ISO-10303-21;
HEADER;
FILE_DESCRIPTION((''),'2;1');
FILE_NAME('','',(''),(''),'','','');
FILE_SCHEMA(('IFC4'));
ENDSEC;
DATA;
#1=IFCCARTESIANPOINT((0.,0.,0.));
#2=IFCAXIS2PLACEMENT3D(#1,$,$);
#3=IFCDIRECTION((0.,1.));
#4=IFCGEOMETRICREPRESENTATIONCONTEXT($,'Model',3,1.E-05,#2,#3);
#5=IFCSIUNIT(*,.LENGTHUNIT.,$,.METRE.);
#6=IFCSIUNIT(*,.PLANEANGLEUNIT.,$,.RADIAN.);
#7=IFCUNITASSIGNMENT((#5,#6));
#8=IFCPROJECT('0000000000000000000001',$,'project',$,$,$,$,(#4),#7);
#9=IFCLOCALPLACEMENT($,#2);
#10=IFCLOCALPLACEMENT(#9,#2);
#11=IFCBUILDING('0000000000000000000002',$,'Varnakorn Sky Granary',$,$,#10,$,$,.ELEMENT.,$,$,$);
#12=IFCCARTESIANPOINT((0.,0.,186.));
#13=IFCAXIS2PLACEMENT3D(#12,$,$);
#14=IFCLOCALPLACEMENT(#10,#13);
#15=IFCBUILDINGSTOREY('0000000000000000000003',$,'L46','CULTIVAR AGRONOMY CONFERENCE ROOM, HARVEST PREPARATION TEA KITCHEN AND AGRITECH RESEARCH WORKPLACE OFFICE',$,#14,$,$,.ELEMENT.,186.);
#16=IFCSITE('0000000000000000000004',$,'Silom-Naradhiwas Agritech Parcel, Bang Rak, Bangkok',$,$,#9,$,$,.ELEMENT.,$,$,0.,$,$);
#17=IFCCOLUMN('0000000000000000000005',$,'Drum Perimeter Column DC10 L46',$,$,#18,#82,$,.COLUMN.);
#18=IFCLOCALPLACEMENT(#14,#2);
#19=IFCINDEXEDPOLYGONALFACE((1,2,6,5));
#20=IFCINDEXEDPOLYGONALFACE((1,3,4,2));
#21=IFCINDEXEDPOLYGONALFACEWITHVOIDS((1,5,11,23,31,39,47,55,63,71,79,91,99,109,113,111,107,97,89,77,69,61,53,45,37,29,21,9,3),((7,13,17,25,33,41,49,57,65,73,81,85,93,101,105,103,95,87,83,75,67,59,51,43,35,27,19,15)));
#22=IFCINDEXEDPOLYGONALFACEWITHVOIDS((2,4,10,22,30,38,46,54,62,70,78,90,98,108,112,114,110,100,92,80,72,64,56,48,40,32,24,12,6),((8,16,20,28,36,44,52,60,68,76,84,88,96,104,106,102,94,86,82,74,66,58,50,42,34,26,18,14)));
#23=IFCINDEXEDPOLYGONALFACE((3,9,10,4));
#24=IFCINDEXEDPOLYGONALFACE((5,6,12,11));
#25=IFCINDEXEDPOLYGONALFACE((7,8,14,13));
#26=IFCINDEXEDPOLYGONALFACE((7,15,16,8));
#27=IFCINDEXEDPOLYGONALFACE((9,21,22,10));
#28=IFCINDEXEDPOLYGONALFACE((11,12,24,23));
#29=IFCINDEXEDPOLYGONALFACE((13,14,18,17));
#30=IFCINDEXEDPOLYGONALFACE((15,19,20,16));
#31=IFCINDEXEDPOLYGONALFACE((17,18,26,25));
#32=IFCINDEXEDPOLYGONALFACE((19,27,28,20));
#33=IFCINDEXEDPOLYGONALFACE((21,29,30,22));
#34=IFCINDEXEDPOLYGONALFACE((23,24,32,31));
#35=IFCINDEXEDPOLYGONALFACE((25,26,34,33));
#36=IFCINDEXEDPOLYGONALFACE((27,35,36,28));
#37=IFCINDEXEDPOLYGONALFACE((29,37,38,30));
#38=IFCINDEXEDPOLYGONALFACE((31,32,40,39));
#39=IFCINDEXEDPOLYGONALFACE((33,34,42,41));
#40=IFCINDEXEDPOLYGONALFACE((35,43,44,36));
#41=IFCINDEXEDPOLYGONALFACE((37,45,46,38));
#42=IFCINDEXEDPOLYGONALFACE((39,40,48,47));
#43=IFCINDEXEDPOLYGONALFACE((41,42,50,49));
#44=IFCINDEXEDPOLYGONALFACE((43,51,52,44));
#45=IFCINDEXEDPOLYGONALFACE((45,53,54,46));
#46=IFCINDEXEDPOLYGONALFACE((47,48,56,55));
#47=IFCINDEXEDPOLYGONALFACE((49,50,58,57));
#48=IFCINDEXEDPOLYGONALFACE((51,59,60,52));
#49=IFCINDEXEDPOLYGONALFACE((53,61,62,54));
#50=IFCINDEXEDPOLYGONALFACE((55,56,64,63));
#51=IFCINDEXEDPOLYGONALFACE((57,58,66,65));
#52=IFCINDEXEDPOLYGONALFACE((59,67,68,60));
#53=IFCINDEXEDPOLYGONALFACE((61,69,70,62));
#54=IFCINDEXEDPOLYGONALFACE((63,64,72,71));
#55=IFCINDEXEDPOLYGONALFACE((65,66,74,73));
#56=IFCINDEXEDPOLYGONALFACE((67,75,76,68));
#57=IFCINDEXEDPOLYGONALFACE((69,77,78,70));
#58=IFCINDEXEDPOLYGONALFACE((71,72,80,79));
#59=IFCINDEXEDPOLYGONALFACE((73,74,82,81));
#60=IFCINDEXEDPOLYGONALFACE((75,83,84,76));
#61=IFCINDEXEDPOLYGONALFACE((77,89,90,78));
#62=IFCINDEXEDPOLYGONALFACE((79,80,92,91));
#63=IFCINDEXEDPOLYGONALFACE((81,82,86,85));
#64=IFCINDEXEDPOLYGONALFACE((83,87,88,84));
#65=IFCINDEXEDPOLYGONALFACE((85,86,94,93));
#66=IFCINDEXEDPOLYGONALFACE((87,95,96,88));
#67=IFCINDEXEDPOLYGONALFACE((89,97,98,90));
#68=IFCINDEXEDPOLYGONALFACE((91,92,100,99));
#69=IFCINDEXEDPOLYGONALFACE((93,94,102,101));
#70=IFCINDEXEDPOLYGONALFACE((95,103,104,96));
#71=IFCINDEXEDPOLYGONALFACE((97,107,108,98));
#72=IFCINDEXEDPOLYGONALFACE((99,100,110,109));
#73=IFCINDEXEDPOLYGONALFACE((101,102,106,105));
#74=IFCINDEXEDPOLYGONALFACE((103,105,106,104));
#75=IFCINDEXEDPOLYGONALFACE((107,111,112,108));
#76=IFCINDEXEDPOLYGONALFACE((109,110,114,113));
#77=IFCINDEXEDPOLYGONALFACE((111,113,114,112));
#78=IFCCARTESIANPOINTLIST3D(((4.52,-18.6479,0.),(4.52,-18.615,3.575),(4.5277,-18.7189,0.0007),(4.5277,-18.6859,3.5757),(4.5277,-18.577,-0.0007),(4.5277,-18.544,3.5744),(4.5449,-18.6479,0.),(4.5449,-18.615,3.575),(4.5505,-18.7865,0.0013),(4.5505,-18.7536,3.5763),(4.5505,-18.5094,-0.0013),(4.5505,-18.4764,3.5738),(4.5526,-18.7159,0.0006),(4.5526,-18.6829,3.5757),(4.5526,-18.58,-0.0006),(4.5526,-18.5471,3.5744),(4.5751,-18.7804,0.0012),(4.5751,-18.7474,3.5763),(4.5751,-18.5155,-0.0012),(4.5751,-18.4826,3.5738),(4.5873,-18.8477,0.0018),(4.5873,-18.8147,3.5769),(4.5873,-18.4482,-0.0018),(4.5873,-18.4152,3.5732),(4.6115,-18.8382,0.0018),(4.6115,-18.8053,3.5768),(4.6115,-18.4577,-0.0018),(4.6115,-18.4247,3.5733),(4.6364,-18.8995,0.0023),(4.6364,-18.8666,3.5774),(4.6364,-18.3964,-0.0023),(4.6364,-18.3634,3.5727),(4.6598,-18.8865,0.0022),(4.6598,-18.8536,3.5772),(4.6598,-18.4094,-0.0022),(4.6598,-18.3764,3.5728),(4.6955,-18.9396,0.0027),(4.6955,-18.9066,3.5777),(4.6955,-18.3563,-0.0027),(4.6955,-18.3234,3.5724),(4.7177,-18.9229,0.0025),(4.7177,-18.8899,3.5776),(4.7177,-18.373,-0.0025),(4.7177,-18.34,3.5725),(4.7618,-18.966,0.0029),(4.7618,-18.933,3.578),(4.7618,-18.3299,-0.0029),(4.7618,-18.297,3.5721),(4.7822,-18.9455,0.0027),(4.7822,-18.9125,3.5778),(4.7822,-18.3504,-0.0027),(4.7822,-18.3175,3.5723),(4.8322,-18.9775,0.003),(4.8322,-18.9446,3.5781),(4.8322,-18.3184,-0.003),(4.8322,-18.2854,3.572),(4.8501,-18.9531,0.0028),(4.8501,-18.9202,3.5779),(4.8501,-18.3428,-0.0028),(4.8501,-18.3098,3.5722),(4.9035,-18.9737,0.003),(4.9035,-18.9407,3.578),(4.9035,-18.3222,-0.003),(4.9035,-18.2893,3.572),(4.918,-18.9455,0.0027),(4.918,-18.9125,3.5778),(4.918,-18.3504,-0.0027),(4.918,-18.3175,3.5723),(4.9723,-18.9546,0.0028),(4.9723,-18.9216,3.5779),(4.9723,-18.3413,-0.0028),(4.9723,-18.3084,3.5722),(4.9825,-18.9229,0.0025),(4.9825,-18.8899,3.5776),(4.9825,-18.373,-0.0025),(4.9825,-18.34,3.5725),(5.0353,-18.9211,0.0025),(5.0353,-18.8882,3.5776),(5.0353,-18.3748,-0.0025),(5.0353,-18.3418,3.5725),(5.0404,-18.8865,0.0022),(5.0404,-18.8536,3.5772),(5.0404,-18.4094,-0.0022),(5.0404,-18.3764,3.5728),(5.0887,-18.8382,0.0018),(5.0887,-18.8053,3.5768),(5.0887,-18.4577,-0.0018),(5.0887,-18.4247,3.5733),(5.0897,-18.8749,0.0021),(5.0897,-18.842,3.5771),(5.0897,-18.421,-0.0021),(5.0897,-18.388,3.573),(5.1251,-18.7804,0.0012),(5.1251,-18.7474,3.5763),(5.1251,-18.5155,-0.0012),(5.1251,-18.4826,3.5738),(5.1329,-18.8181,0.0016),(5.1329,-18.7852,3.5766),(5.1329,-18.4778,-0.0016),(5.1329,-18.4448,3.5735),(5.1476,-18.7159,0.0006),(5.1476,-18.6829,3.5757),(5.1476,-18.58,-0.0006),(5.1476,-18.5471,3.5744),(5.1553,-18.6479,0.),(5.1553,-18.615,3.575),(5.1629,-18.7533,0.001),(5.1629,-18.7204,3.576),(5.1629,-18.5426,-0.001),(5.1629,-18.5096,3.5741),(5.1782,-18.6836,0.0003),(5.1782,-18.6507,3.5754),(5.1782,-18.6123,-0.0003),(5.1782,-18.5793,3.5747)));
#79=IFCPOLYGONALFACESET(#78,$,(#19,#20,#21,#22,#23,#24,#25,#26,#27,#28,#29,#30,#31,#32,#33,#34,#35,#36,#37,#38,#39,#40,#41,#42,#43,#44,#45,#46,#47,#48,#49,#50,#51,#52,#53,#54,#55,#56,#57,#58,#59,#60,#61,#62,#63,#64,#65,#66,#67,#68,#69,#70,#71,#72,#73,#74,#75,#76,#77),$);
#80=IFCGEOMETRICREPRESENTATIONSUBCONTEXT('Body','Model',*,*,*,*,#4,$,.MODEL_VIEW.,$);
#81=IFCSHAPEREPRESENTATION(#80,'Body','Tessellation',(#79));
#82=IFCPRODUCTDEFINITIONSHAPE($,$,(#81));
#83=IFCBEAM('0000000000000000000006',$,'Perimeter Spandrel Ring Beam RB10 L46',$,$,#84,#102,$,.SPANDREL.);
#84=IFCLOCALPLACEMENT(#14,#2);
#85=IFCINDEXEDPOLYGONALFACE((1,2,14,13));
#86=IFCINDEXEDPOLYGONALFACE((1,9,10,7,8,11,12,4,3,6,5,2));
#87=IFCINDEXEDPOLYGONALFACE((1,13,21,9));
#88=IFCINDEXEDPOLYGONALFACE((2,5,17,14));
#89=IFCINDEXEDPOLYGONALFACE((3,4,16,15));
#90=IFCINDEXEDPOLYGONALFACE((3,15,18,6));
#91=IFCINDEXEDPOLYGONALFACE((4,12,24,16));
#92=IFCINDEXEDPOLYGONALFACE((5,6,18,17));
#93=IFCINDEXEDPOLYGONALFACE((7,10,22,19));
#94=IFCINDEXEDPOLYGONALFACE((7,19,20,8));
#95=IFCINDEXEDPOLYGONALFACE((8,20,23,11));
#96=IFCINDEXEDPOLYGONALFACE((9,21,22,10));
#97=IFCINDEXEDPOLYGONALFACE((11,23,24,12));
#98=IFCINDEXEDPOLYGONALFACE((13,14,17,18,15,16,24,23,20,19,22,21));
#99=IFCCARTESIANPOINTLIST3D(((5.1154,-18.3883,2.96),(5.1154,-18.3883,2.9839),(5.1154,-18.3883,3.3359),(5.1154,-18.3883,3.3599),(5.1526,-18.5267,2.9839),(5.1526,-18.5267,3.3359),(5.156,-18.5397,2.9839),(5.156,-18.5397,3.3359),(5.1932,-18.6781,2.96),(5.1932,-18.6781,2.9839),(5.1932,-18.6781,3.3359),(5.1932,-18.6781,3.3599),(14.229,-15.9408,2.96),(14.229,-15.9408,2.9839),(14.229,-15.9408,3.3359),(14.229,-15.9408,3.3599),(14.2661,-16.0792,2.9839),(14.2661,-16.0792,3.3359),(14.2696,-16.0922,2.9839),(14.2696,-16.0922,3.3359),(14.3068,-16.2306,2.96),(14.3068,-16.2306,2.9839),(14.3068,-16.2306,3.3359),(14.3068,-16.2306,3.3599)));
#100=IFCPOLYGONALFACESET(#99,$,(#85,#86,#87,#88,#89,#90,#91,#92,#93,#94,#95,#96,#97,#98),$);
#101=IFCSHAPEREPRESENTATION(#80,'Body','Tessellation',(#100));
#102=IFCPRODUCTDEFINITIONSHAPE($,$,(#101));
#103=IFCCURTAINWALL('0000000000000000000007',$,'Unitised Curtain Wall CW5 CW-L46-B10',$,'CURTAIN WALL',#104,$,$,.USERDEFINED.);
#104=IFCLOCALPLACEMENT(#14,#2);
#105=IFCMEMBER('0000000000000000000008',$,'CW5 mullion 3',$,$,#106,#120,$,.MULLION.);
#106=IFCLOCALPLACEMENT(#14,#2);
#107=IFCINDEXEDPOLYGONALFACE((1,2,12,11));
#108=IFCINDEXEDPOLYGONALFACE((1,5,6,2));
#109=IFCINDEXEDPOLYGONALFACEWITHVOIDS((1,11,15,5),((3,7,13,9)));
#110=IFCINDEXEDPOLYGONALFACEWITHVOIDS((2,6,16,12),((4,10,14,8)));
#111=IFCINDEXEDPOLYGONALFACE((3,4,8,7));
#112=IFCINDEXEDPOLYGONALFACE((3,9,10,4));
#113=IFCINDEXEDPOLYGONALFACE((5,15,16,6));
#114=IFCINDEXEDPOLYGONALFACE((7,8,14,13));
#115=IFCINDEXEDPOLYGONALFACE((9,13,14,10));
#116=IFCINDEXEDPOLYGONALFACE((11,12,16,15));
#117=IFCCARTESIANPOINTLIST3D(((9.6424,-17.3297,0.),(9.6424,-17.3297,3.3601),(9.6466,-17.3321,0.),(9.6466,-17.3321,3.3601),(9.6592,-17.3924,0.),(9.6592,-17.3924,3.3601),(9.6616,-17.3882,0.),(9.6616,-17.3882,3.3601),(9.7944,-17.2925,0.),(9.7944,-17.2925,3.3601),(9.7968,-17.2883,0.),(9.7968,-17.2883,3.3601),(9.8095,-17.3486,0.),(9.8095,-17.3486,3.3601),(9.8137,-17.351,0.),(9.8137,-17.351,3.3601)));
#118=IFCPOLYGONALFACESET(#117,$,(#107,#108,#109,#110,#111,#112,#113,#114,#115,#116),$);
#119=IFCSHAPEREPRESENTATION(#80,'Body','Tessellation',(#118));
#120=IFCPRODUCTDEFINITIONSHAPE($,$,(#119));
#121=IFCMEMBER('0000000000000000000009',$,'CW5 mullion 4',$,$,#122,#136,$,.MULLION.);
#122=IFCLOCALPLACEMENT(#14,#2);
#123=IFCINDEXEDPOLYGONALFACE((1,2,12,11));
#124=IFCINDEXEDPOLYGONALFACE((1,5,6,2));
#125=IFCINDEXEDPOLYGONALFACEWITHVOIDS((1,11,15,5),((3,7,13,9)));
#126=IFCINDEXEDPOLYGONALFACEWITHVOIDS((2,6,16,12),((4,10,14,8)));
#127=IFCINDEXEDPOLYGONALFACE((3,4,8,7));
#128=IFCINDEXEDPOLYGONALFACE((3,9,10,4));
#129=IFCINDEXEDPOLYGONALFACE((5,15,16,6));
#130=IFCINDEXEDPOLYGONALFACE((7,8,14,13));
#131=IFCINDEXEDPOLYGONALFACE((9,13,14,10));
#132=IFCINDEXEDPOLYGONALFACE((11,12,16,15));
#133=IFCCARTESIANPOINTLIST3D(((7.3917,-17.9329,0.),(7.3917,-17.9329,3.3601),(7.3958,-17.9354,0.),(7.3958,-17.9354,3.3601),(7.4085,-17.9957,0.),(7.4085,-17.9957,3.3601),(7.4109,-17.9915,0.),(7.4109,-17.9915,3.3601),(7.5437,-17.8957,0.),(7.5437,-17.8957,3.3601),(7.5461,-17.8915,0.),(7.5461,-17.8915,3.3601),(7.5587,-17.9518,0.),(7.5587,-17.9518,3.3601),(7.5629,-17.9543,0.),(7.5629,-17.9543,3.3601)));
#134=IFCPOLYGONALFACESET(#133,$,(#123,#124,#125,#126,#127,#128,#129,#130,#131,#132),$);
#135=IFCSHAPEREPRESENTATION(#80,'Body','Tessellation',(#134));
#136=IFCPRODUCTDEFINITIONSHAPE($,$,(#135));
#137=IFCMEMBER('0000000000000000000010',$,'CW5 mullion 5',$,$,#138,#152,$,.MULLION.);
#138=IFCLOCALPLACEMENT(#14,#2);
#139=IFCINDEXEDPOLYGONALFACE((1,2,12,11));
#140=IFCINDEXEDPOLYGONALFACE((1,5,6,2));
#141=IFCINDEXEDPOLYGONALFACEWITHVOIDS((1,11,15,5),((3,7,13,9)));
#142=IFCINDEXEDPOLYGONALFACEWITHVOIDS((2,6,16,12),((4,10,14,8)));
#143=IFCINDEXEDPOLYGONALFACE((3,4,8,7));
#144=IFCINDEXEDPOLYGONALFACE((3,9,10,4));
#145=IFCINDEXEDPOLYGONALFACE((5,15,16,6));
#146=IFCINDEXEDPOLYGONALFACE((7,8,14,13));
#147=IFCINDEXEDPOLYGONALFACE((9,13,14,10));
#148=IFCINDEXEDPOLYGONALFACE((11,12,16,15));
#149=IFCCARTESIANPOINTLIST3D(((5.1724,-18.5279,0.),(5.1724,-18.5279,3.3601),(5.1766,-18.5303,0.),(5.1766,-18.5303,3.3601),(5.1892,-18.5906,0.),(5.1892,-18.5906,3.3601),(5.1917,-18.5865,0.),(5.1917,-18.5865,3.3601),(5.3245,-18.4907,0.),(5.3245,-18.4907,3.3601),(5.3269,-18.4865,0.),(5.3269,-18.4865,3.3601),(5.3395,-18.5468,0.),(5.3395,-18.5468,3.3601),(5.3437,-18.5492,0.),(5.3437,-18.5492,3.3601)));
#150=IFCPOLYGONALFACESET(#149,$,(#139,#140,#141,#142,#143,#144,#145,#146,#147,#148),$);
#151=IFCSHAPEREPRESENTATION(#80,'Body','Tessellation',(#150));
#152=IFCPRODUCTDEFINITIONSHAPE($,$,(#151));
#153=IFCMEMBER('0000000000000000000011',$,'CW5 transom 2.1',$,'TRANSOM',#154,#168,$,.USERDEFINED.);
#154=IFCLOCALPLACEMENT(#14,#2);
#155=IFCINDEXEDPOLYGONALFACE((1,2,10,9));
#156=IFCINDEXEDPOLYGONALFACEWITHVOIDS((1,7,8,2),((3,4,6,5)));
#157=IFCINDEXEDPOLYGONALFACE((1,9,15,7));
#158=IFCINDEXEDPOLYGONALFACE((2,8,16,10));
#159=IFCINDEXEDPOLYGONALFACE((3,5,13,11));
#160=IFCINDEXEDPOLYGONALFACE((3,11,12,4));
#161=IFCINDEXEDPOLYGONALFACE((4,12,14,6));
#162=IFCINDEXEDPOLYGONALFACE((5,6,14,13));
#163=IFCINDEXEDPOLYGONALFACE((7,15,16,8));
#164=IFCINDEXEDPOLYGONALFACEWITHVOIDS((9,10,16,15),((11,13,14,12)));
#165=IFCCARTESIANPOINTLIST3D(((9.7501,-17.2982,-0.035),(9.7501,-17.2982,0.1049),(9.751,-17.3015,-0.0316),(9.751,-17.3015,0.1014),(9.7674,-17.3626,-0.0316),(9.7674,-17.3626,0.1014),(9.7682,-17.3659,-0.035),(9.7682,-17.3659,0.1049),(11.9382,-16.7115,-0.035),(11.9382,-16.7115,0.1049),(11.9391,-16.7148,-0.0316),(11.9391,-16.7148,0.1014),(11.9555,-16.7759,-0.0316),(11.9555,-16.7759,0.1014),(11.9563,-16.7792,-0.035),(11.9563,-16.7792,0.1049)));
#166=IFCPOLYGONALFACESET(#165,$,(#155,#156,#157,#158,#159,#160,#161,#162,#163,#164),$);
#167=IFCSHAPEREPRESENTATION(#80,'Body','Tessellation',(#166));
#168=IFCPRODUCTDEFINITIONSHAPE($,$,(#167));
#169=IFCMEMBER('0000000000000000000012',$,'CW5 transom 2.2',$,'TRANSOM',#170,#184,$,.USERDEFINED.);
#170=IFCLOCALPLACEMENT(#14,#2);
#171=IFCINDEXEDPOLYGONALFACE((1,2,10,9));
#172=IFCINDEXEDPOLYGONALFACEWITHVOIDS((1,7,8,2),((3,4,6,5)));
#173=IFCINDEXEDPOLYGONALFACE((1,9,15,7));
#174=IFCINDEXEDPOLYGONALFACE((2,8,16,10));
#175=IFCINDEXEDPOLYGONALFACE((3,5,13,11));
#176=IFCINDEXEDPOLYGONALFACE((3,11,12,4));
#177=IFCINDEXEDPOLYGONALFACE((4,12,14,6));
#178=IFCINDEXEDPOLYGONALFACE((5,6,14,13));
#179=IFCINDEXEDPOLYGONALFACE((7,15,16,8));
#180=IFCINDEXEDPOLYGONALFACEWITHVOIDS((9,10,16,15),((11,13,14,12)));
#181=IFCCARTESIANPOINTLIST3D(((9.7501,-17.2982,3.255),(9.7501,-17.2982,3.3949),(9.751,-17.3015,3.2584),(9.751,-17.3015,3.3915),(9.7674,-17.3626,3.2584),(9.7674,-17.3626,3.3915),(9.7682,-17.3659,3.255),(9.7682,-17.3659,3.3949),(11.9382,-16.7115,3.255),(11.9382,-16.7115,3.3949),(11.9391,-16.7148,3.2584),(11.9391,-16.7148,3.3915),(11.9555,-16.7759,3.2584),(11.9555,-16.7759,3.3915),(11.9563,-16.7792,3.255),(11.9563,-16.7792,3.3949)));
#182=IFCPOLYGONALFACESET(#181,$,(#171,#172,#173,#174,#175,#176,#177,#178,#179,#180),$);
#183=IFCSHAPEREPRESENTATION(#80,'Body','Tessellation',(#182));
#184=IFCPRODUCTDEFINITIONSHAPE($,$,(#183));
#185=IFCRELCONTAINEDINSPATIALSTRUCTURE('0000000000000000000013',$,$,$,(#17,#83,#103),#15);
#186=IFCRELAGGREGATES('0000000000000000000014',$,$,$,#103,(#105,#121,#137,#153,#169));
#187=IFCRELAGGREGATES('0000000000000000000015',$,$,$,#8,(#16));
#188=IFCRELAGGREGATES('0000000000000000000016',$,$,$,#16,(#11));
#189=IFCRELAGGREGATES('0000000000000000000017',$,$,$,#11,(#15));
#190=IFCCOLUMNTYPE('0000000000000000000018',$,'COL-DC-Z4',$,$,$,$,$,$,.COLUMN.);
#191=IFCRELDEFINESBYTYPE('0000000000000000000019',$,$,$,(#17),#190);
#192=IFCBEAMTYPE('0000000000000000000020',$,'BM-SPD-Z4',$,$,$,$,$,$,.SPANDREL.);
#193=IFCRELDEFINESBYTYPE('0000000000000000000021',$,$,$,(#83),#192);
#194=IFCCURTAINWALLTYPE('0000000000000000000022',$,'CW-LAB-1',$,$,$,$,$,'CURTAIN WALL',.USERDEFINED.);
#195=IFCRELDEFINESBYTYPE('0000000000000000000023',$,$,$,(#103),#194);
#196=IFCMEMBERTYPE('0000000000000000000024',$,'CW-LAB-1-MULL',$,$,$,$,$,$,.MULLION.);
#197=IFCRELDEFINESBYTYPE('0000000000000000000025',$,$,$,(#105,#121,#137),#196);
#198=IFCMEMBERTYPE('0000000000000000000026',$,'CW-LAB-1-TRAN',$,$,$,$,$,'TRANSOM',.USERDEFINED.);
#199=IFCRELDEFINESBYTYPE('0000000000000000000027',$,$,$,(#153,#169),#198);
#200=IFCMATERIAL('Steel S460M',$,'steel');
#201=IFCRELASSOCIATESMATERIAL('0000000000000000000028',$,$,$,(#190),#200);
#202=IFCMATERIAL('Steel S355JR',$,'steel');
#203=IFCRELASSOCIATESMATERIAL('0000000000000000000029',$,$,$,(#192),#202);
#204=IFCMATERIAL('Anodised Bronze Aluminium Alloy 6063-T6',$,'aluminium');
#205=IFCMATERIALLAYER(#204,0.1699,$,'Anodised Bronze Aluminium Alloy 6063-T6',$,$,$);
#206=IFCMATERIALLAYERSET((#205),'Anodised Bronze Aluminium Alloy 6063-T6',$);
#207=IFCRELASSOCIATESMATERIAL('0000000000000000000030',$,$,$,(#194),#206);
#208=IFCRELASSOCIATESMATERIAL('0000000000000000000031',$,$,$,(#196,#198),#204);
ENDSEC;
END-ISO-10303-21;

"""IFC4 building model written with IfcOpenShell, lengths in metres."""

from ifc_helpers import new_model, si_unit, direction, frame, origin, origin_2d, place, context, subcontext, project, spatial, hollow_rectangle, hollow_circle, i_section, extrude, material, layer, layer_set, material_profile, profile_set, type_object, element, aggregate, save


model = new_model("IFC4")

# Units and contexts
model_context = context("Model", 3, precision=1e-05, world=origin(), true_north=direction((0.0, 1.0)))
body_context = subcontext(model_context, "Body", "Model", "MODEL_VIEW")
ifc_project = project(units=[si_unit("LENGTHUNIT", "METRE"), si_unit("PLANEANGLEUNIT", "RADIAN")], contexts=[model_context])

# Site, building, storey
site_placement = place(None, origin())
site = spatial("IfcSite", under=ifc_project, at=site_placement, Name="Silom-Naradhiwas Agritech Parcel, Bang Rak, Bangkok", CompositionType="ELEMENT", RefElevation=0.0)
building_placement = place(site_placement, origin())
building = spatial("IfcBuilding", under=site, at=building_placement, Name="Varnakorn Sky Granary", CompositionType="ELEMENT")
storey_placement = place(building_placement, frame((0.0, 0.0, 186.0)))
storey = spatial("IfcBuildingStorey", under=building, at=storey_placement, Name="L46", Description="CULTIVAR AGRONOMY CONFERENCE ROOM, HARVEST PREPARATION TEA KITCHEN AND AGRITECH RESEARCH WORKPLACE OFFICE", CompositionType="ELEMENT", Elevation=186.0)

# Column
ifc_material_1 = material(Name="Steel S460M", Category="steel")
ifc_material_profile_1 = material_profile(ifc_material_1, hollow_circle(Radius=0.3301, WallThickness=0.0249, at=origin_2d()), Name="CHS 660x25")
ifc_profile_set_1 = profile_set([ifc_material_profile_1], Name="Steel S460M")
column_type = type_object("IfcColumnType", Name="COL-DC-Z4", PredefinedType="COLUMN", material=ifc_profile_set_1)
column_placement = place(storey_placement, frame((4.8501, -18.6479, 0.0), z_axis=(0.0, 0.009219, 0.999958), x_axis=(-1.0, 0.0, 0.0)))
element("IfcColumn", 1, at=column_placement, inside=storey, type_object=column_type, Name="Drum Perimeter Column DC10 L46", PredefinedType="COLUMN", context=body_context, shape_type="SweptSolid", body=[
    extrude(hollow_circle(Radius=0.3301, WallThickness=0.0249, at=origin_2d()), origin(), (0.0, 0.0, 1.0), 3.5752),
])

# Beam
ifc_material_2 = material(Name="Steel S355JR", Category="steel")
ifc_material_profile_2 = material_profile(ifc_material_2, i_section(OverallWidth=0.3, OverallDepth=0.3999, WebThickness=0.0134, FlangeThickness=0.0239, at=origin_2d()), Name="HE 400 B")
ifc_profile_set_2 = profile_set([ifc_material_profile_2], Name="Steel S355JR")
beam_type = type_object("IfcBeamType", Name="BM-SPD-Z4", PredefinedType="SPANDREL", material=ifc_profile_set_2)
beam_placement = place(storey_placement, frame((5.1543, -18.5332, 3.1599), z_axis=(0.965779, 0.259368, 0.0), x_axis=(-0.259368, 0.965779, 0.0)))
element("IfcBeam", 2, at=beam_placement, inside=storey, type_object=beam_type, Name="Perimeter Spandrel Ring Beam RB10 L46", PredefinedType="SPANDREL", context=body_context, shape_type="SweptSolid", body=[
    extrude(i_section(OverallWidth=0.3, OverallDepth=0.3999, WebThickness=0.0134, FlangeThickness=0.0239, at=origin_2d()), origin(), (0.0, 0.0, 1.0), 9.4365),
])

# Curtain wall, members
ifc_material_3 = material(Name="Anodised Bronze Aluminium Alloy 6063-T6", Category="aluminium")
ifc_layer_1 = layer(ifc_material_3, 0.1699, Name="Anodised Bronze Aluminium Alloy 6063-T6")
ifc_layer_set_1 = layer_set([ifc_layer_1], Name="Anodised Bronze Aluminium Alloy 6063-T6")
curtain_wall_type = type_object("IfcCurtainWallType", Name="CW-LAB-1", ElementType="CURTAIN WALL", PredefinedType="USERDEFINED", material=ifc_layer_set_1)
curtain_wall_placement = place(storey_placement, origin())
curtain_wall = element("IfcCurtainWall", 3, at=curtain_wall_placement, inside=storey, type_object=curtain_wall_type, Name="Unitised Curtain Wall CW5 CW-L46-B10", ObjectType="CURTAIN WALL", PredefinedType="USERDEFINED")
ifc_material_profile_3 = material_profile(ifc_material_3, hollow_rectangle(XDim=0.0649, YDim=0.1599, WallThickness=0.0034, at=origin_2d()), Name="ALU MULL 65x160")
ifc_profile_set_3 = profile_set([ifc_material_profile_3], Name="Anodised Bronze Aluminium Alloy 6063-T6")
member_type_1 = type_object("IfcMemberType", Name="CW-LAB-1-MULL", PredefinedType="MULLION", material=ifc_profile_set_3)
member_1_placement = place(storey_placement, frame((9.728, -17.3403, 0.0), z_axis=(0.0, 0.0, 1.0), x_axis=(0.258925, -0.965897, 0.0)))
member_1 = element("IfcMember", 4, at=member_1_placement, type_object=member_type_1, Name="CW5 mullion 3", PredefinedType="MULLION", context=body_context, shape_type="SweptSolid", body=[
    extrude(hollow_rectangle(XDim=0.0649, YDim=0.1599, WallThickness=0.0034, at=origin_2d()), origin(), (0.0, 0.0, 1.0), 3.3601),
])
member_2_placement = place(storey_placement, frame((7.4773, -17.9436, 0.0), z_axis=(0.0, 0.0, 1.0), x_axis=(0.258925, -0.965897, 0.0)))
member_2 = element("IfcMember", 5, at=member_2_placement, type_object=member_type_1, Name="CW5 mullion 4", PredefinedType="MULLION", context=body_context, shape_type="SweptSolid", body=[
    extrude(hollow_rectangle(XDim=0.0649, YDim=0.1599, WallThickness=0.0034, at=origin_2d()), origin(), (0.0, 0.0, 1.0), 3.3601),
])
member_3_placement = place(storey_placement, frame((5.2581, -18.5386, 0.0), z_axis=(0.0, 0.0, 1.0), x_axis=(0.258925, -0.965897, 0.0)))
member_3 = element("IfcMember", 6, at=member_3_placement, type_object=member_type_1, Name="CW5 mullion 5", PredefinedType="MULLION", context=body_context, shape_type="SweptSolid", body=[
    extrude(hollow_rectangle(XDim=0.0649, YDim=0.1599, WallThickness=0.0034, at=origin_2d()), origin(), (0.0, 0.0, 1.0), 3.3601),
])
ifc_material_profile_4 = material_profile(ifc_material_3, hollow_rectangle(XDim=0.0701, YDim=0.1399, WallThickness=0.0034, at=origin_2d()), Name="ALU TRAN 70x140")
ifc_profile_set_4 = profile_set([ifc_material_profile_4], Name="Anodised Bronze Aluminium Alloy 6063-T6")
member_type_2 = type_object("IfcMemberType", Name="CW-LAB-1-TRAN", ElementType="TRANSOM", PredefinedType="USERDEFINED", material=ifc_profile_set_4)
member_4_placement = place(storey_placement, frame((11.9473, -16.7454, 0.0349), z_axis=(-0.965882, -0.258984, 0.0), x_axis=(0.258984, -0.965882, 0.0)))
member_4 = element("IfcMember", 7, at=member_4_placement, type_object=member_type_2, Name="CW5 transom 2.1", ObjectType="TRANSOM", PredefinedType="USERDEFINED", context=body_context, shape_type="SweptSolid", body=[
    extrude(hollow_rectangle(XDim=0.0701, YDim=0.1399, WallThickness=0.0034, at=origin_2d()), origin(), (0.0, 0.0, 1.0), 2.2654),
])
member_5_placement = place(storey_placement, frame((11.9473, -16.7454, 3.325), z_axis=(-0.965882, -0.258984, 0.0), x_axis=(0.258984, -0.965882, 0.0)))
member_5 = element("IfcMember", 8, at=member_5_placement, type_object=member_type_2, Name="CW5 transom 2.2", ObjectType="TRANSOM", PredefinedType="USERDEFINED", context=body_context, shape_type="SweptSolid", body=[
    extrude(hollow_rectangle(XDim=0.0701, YDim=0.1399, WallThickness=0.0034, at=origin_2d()), origin(), (0.0, 0.0, 1.0), 2.2654),
])

aggregate(curtain_wall, [member_1, member_2, member_3, member_4, member_5])

save(model, "model.ifc")
